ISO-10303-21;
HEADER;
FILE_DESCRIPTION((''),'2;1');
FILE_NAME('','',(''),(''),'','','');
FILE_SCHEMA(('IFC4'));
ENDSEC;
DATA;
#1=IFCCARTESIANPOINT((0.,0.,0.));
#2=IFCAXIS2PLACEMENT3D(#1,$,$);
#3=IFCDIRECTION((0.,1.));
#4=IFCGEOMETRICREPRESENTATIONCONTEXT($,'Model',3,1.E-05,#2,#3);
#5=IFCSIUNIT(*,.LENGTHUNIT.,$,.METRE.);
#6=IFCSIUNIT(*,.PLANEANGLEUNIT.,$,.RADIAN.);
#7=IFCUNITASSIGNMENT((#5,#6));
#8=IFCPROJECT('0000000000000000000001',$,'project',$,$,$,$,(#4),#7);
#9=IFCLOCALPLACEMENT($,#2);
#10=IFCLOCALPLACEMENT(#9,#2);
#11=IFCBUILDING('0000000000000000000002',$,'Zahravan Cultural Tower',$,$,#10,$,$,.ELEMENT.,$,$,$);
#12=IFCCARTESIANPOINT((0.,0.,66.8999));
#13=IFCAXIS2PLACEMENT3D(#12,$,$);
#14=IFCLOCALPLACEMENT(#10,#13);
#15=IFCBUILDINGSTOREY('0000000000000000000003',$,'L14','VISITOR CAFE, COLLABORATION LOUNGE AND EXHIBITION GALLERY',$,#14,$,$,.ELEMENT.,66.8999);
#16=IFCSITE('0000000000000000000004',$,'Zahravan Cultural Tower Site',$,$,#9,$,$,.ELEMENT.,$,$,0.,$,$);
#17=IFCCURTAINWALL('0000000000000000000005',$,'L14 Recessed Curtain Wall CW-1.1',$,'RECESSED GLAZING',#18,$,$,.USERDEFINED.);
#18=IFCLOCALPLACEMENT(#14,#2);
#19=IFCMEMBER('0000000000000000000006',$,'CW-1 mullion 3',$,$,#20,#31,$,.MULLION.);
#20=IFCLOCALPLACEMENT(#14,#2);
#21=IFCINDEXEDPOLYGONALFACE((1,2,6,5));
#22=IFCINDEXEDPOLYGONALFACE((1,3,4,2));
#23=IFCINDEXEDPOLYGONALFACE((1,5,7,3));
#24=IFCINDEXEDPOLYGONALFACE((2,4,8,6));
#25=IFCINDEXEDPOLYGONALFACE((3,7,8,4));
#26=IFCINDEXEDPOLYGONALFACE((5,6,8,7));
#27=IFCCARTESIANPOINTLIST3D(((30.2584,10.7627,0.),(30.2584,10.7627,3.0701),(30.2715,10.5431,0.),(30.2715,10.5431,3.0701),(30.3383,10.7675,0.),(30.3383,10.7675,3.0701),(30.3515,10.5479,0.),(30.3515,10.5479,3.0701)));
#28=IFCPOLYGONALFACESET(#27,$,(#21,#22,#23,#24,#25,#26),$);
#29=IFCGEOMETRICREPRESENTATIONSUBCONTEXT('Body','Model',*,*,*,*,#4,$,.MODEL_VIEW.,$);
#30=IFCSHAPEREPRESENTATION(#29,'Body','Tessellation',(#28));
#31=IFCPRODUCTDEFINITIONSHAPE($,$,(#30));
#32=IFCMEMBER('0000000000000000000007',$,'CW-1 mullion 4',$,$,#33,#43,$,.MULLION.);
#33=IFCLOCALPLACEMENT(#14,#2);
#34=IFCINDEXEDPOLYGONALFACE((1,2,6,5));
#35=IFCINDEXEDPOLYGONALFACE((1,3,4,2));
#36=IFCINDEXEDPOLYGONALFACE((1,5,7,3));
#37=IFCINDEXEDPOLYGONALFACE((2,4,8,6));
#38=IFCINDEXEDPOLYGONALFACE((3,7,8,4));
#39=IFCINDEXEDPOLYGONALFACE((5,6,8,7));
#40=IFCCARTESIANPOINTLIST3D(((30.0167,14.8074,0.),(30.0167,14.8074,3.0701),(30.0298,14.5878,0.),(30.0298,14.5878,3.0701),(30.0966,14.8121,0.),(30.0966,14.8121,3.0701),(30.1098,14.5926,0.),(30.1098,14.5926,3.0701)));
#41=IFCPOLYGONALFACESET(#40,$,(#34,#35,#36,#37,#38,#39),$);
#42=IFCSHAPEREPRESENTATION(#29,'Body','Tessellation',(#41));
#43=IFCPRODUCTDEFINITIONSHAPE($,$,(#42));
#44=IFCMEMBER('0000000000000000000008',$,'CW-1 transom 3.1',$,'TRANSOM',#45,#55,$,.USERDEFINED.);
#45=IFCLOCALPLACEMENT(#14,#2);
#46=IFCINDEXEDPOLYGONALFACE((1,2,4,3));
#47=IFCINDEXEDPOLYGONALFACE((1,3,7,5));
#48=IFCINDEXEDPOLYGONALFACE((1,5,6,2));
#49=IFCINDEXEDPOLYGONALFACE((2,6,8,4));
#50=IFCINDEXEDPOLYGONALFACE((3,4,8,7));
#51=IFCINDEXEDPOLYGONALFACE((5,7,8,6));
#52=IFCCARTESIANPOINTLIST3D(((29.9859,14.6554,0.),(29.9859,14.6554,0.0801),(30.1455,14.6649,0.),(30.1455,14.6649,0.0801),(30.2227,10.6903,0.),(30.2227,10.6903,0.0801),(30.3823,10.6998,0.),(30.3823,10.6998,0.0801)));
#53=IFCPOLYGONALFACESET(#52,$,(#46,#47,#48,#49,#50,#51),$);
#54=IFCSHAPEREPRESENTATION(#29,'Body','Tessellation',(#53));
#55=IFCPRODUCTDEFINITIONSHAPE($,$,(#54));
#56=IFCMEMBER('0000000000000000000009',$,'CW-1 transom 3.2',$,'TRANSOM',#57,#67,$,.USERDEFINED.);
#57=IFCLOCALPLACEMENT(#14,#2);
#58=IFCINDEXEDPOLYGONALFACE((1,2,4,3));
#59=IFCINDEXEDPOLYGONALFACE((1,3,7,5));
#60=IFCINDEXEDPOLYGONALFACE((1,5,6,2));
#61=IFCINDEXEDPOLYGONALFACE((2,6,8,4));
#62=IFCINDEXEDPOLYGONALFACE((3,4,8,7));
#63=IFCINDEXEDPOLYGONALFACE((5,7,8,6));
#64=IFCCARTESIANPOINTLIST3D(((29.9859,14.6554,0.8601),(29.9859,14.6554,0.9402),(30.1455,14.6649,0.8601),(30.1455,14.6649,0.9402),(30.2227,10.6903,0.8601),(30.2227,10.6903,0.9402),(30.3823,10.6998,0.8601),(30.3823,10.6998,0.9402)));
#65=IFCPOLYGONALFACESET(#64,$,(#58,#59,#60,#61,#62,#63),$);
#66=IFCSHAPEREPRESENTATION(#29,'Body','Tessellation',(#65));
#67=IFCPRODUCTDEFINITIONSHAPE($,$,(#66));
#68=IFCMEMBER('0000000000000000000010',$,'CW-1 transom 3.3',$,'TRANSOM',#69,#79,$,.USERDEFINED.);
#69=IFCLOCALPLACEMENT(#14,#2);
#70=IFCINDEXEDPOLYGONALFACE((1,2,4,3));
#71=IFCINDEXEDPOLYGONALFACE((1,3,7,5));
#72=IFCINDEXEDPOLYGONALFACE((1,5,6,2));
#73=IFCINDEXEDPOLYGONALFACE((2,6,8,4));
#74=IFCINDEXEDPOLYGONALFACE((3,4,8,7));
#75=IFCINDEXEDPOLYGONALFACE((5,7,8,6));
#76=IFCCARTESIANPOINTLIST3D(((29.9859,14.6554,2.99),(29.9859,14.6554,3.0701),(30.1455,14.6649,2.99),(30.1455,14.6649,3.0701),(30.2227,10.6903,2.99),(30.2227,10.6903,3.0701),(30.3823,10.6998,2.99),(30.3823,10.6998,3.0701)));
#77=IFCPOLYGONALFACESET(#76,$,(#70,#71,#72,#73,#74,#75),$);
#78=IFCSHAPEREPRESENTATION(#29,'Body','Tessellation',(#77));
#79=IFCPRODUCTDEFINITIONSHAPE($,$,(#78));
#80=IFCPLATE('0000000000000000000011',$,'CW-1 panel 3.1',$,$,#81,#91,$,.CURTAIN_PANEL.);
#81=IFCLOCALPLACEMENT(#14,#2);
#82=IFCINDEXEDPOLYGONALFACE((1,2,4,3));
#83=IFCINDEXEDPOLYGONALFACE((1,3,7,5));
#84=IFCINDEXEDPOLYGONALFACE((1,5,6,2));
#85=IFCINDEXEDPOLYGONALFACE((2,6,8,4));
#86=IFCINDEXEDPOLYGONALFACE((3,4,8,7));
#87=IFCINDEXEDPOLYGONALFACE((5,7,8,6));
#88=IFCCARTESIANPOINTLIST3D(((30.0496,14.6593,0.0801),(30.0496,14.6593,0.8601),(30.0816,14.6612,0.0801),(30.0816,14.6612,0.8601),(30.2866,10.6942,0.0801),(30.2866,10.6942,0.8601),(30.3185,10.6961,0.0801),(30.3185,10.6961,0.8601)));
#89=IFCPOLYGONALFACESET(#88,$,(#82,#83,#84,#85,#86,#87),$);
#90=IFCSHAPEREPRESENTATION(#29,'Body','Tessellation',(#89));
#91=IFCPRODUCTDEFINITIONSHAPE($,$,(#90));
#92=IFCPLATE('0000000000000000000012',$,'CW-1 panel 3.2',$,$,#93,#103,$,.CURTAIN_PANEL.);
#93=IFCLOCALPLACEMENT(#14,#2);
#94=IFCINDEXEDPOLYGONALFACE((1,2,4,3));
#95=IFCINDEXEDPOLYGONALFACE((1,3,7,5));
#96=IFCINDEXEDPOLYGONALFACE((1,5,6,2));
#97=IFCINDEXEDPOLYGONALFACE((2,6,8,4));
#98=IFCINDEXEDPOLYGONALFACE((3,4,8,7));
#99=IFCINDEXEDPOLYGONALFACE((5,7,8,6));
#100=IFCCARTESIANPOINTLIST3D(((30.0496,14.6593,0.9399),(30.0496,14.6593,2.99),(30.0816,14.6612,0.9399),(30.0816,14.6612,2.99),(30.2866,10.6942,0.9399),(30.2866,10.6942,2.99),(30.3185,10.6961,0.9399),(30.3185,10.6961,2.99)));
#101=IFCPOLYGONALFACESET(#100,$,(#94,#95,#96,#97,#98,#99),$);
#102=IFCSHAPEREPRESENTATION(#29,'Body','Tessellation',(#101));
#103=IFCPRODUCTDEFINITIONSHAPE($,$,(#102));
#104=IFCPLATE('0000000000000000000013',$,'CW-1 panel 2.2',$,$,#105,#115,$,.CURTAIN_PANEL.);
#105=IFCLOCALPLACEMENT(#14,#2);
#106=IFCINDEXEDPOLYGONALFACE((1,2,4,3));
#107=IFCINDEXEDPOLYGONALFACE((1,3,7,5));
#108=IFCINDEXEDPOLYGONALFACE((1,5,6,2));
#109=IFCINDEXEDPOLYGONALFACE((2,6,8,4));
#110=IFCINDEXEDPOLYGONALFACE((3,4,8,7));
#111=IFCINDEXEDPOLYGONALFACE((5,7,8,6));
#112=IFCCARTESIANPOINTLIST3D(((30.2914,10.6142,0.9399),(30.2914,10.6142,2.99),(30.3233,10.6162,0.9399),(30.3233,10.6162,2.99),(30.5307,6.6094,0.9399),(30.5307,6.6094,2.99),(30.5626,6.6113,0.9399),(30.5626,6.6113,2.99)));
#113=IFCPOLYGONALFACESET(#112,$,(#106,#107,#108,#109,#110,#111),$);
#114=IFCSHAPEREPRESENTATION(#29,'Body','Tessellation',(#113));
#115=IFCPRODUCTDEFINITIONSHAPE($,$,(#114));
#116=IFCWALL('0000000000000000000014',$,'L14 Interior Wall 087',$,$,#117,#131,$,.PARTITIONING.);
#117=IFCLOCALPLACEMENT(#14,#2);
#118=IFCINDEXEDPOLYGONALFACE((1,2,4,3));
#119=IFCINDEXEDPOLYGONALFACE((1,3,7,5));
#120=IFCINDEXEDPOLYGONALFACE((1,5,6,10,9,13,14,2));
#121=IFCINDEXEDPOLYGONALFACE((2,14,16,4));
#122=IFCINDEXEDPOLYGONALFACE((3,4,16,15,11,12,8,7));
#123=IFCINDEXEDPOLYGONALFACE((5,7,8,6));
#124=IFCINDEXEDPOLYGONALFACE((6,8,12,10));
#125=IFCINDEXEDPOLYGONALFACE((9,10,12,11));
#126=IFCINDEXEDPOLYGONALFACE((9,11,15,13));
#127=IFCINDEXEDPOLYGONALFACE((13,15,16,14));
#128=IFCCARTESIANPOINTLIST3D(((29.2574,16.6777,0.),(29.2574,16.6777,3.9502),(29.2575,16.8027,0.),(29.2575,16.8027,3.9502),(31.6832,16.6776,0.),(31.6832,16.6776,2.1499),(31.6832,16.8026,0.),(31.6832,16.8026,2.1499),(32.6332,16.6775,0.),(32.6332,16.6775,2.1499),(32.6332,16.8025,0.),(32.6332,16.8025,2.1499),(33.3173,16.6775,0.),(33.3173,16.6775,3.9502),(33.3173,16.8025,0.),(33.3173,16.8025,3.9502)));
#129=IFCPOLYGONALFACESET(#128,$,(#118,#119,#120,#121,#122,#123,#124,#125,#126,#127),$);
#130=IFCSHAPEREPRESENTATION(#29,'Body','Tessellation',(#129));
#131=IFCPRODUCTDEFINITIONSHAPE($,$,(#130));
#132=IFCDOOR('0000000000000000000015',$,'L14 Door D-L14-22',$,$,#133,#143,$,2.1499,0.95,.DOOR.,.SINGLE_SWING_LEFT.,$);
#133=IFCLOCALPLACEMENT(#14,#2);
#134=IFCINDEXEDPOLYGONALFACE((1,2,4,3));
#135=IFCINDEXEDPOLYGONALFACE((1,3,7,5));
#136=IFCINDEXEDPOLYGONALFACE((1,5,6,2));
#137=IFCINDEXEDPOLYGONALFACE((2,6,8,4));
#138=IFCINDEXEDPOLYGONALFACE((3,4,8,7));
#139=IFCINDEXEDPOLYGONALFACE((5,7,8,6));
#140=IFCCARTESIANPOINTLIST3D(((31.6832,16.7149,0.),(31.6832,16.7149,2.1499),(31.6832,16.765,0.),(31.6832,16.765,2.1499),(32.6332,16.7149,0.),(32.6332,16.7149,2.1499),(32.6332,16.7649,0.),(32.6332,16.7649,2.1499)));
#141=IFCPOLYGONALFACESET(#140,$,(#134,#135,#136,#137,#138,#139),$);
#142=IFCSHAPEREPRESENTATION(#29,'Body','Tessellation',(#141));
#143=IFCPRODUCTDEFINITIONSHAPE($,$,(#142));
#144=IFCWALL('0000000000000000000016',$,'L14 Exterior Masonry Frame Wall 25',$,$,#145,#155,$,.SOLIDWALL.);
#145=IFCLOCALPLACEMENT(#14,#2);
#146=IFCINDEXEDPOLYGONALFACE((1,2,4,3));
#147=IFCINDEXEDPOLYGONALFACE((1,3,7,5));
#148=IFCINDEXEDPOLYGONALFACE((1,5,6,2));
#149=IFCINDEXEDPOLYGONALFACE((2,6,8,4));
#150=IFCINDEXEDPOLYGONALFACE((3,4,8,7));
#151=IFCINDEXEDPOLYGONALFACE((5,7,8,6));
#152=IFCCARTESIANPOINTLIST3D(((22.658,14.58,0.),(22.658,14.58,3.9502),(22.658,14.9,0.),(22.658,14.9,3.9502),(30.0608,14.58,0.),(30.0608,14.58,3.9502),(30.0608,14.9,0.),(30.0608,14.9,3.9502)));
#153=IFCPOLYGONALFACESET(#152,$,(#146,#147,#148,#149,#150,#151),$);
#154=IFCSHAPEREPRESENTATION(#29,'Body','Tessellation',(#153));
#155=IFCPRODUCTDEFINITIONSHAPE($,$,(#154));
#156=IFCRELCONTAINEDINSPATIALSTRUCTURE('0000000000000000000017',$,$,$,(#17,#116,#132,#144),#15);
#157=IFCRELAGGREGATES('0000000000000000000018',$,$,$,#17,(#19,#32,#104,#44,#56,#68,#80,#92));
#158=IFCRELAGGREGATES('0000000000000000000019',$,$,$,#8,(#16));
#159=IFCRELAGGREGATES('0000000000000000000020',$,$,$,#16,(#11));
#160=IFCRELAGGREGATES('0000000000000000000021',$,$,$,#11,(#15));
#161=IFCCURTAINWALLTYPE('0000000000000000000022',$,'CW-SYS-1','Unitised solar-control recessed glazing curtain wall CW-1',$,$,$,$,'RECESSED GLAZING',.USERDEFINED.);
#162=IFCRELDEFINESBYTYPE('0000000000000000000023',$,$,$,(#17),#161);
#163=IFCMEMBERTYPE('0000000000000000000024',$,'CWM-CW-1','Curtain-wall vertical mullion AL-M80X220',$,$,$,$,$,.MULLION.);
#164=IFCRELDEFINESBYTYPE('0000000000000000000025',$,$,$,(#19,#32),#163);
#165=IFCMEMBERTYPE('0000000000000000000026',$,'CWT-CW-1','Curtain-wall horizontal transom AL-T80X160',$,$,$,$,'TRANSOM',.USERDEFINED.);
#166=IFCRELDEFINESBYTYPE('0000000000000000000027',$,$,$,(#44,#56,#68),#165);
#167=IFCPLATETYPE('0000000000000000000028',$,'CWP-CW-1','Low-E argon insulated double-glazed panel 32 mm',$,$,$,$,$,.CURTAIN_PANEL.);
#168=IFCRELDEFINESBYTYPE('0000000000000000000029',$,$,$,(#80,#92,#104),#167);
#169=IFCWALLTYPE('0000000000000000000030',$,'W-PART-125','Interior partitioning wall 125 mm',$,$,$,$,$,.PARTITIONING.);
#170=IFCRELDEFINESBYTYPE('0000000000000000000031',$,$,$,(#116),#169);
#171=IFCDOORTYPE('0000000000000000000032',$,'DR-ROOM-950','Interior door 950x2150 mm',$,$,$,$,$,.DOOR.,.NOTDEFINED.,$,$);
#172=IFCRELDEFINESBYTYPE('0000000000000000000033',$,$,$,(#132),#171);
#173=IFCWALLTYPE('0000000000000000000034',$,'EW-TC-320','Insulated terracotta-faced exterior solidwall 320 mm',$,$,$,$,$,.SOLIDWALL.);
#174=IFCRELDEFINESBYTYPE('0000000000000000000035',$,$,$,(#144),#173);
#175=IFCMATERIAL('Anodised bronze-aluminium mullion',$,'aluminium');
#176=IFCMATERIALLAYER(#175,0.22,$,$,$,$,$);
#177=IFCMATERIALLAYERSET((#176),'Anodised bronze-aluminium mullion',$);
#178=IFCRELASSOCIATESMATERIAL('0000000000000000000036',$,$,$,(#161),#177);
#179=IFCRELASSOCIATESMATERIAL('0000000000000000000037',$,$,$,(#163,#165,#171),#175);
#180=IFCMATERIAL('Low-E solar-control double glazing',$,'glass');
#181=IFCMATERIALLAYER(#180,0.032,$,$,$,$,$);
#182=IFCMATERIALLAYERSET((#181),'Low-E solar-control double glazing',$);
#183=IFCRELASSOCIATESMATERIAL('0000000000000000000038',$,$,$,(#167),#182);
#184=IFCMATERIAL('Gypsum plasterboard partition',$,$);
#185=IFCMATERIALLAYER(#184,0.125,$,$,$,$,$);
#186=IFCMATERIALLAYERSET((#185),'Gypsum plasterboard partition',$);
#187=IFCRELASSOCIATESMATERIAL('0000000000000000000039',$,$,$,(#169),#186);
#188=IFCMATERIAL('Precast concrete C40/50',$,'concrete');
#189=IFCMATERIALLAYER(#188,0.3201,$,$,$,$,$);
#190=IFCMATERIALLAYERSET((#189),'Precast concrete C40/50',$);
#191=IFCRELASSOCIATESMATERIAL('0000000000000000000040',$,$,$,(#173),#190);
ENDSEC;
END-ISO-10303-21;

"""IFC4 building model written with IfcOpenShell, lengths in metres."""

from ifc_helpers import new_model, si_unit, direction, frame, frame_2d, origin, origin_2d, place, context, subcontext, project, spatial, rectangle, extrude, source, transform, mapped, material, layer, layer_set, material_profile, profile_set, type_object, element, fill, aggregate, save


model = new_model("IFC4")

# Units and contexts
model_context = context("Model", 3, precision=1e-05, world=origin(), true_north=direction((0.0, 1.0)))
body_context = subcontext(model_context, "Body", "Model", "MODEL_VIEW")
ifc_project = project(units=[si_unit("LENGTHUNIT", "METRE"), si_unit("PLANEANGLEUNIT", "RADIAN")], contexts=[model_context])

# Site, building, storey
site_placement = place(None, origin())
site = spatial("IfcSite", under=ifc_project, at=site_placement, Name="Zahravan Cultural Tower Site", CompositionType="ELEMENT", RefElevation=0.0)
building_placement = place(site_placement, origin())
building = spatial("IfcBuilding", under=site, at=building_placement, Name="Zahravan Cultural Tower", CompositionType="ELEMENT")
storey_placement = place(building_placement, frame((0.0, 0.0, 66.8999)))
storey = spatial("IfcBuildingStorey", under=building, at=storey_placement, Name="L14", Description="VISITOR CAFE, COLLABORATION LOUNGE AND EXHIBITION GALLERY", CompositionType="ELEMENT", Elevation=66.8999)

# Curtain wall, members, plates
ifc_material_1 = material(Name="Anodised bronze-aluminium mullion", Category="aluminium")
ifc_layer_1 = layer(ifc_material_1, 0.22)
ifc_layer_set_1 = layer_set([ifc_layer_1], Name="Anodised bronze-aluminium mullion")
curtain_wall_type = type_object("IfcCurtainWallType", Name="CW-SYS-1", Description="Unitised solar-control recessed glazing curtain wall CW-1", ElementType="RECESSED GLAZING", PredefinedType="USERDEFINED", material=ifc_layer_set_1)
curtain_wall_placement = place(storey_placement, origin())
curtain_wall = element("IfcCurtainWall", 1, at=curtain_wall_placement, inside=storey, type_object=curtain_wall_type, Name="L14 Recessed Curtain Wall CW-1.1", ObjectType="RECESSED GLAZING", PredefinedType="USERDEFINED")
ifc_material_profile_1 = material_profile(ifc_material_1, rectangle(XDim=0.0801, YDim=0.22, at=origin_2d()), Name="AL-M80X220")
ifc_profile_set_1 = profile_set([ifc_material_profile_1], Name="Anodised bronze-aluminium mullion")
member_type_1 = type_object("IfcMemberType", Name="CWM-CW-1", Description="Curtain-wall vertical mullion AL-M80X220", PredefinedType="MULLION", material=ifc_profile_set_1)
shared_shape_1 = source(origin(), body_context, "Body", "SweptSolid", [
    extrude(rectangle(XDim=0.0801, YDim=0.22, at=origin_2d()), origin(), (0.0, 0.0, 1.0), 3.0701),
])
member_1_placement = place(storey_placement, frame((30.3049, 10.6553, 0.0), z_axis=(0.0, 0.0, 1.0), x_axis=(-0.998219, -0.059652, 0.0)))
member_1 = element("IfcMember", 2, at=member_1_placement, type_object=member_type_1, Name="CW-1 mullion 3", PredefinedType="MULLION", context=body_context, shape_type="MappedRepresentation", body=[
    mapped(shared_shape_1, transform((0.0, 0.0, 0.0), x_axis=(1.0, 0.0, 0.0), y_axis=(0.0, 1.0, 0.0), z_axis=(0.0, 0.0, 1.0), scale=1.0)),
])
member_2_placement = place(storey_placement, frame((30.0632, 14.7, 0.0), z_axis=(0.0, 0.0, 1.0), x_axis=(-0.998219, -0.059652, 0.0)))
member_2 = element("IfcMember", 3, at=member_2_placement, type_object=member_type_1, Name="CW-1 mullion 4", PredefinedType="MULLION", context=body_context, shape_type="MappedRepresentation", body=[
    mapped(shared_shape_1, transform((0.0, 0.0, 0.0), x_axis=(1.0, 0.0, 0.0), y_axis=(0.0, 1.0, 0.0), z_axis=(0.0, 0.0, 1.0), scale=1.0)),
])
ifc_material_profile_2 = material_profile(ifc_material_1, rectangle(XDim=0.1599, YDim=0.0801, at=origin_2d()), Name="AL-T80X160")
ifc_profile_set_2 = profile_set([ifc_material_profile_2], Name="Anodised bronze-aluminium mullion")
member_type_2 = type_object("IfcMemberType", Name="CWT-CW-1", Description="Curtain-wall horizontal transom AL-T80X160", ElementType="TRANSOM", PredefinedType="USERDEFINED", material=ifc_profile_set_2)
shared_shape_2 = source(origin(), body_context, "Body", "SweptSolid", [
    extrude(rectangle(XDim=0.1599, YDim=0.0801, at=origin_2d()), origin(), (0.0, 0.0, 1.0), 3.9722),
])
member_3_placement = place(storey_placement, frame((30.3025, 10.6951, 0.04), z_axis=(-0.059619, 0.998221, 0.0), x_axis=(-0.998221, -0.059619, 0.0)))
member_3 = element("IfcMember", 4, at=member_3_placement, type_object=member_type_2, Name="CW-1 transom 3.1", ObjectType="TRANSOM", PredefinedType="USERDEFINED", context=body_context, shape_type="MappedRepresentation", body=[
    mapped(shared_shape_2, transform((0.0, 0.0, 0.0), x_axis=(1.0, 0.0, 0.0), y_axis=(0.0, 1.0, 0.0), z_axis=(0.0, 0.0, 1.0), scale=1.0)),
])
member_4_placement = place(storey_placement, frame((30.3025, 10.6951, 0.9001), z_axis=(-0.059619, 0.998221, 0.0), x_axis=(-0.998221, -0.059619, 0.0)))
member_4 = element("IfcMember", 5, at=member_4_placement, type_object=member_type_2, Name="CW-1 transom 3.2", ObjectType="TRANSOM", PredefinedType="USERDEFINED", context=body_context, shape_type="MappedRepresentation", body=[
    mapped(shared_shape_2, transform((0.0, 0.0, 0.0), x_axis=(1.0, 0.0, 0.0), y_axis=(0.0, 1.0, 0.0), z_axis=(0.0, 0.0, 1.0), scale=1.0)),
])
member_5_placement = place(storey_placement, frame((30.3025, 10.6951, 3.03), z_axis=(-0.059619, 0.998221, 0.0), x_axis=(-0.998221, -0.059619, 0.0)))
member_5 = element("IfcMember", 6, at=member_5_placement, type_object=member_type_2, Name="CW-1 transom 3.3", ObjectType="TRANSOM", PredefinedType="USERDEFINED", context=body_context, shape_type="MappedRepresentation", body=[
    mapped(shared_shape_2, transform((0.0, 0.0, 0.0), x_axis=(1.0, 0.0, 0.0), y_axis=(0.0, 1.0, 0.0), z_axis=(0.0, 0.0, 1.0), scale=1.0)),
])
ifc_material_2 = material(Name="Low-E solar-control double glazing", Category="glass")
ifc_layer_2 = layer(ifc_material_2, 0.032)
ifc_layer_set_2 = layer_set([ifc_layer_2], Name="Low-E solar-control double glazing")
plate_type = type_object("IfcPlateType", Name="CWP-CW-1", Description="Low-E argon insulated double-glazed panel 32 mm", PredefinedType="CURTAIN_PANEL", material=ifc_layer_set_2)
shared_shape_3 = source(origin(), body_context, "Body", "SweptSolid", [
    extrude(rectangle(XDim=3.9722, YDim=0.032, at=origin_2d()), origin(), (0.0, 0.0, 1.0), 0.78),
])
plate_1_placement = place(storey_placement, frame((30.1841, 12.6777, 0.0801), z_axis=(0.0, 0.0, 1.0), x_axis=(-0.059652, 0.998219, 0.0)))
plate_1 = element("IfcPlate", 7, at=plate_1_placement, type_object=plate_type, Name="CW-1 panel 3.1", PredefinedType="CURTAIN_PANEL", context=body_context, shape_type="MappedRepresentation", body=[
    mapped(shared_shape_3, transform((0.0, 0.0, 0.0), x_axis=(1.0, 0.0, 0.0), y_axis=(0.0, 1.0, 0.0), z_axis=(0.0, 0.0, 1.0), scale=1.0)),
])
shared_shape_4 = source(origin(), body_context, "Body", "SweptSolid", [
    extrude(rectangle(XDim=3.9722, YDim=0.032, at=origin_2d()), origin(), (0.0, 0.0, 1.0), 2.05),
])
plate_2_placement = place(storey_placement, frame((30.1841, 12.6777, 0.9399), z_axis=(0.0, 0.0, 1.0), x_axis=(-0.059652, 0.998219, 0.0)))
plate_2 = element("IfcPlate", 8, at=plate_2_placement, type_object=plate_type, Name="CW-1 panel 3.2", PredefinedType="CURTAIN_PANEL", context=body_context, shape_type="MappedRepresentation", body=[
    mapped(shared_shape_4, transform((0.0, 0.0, 0.0), x_axis=(1.0, 0.0, 0.0), y_axis=(0.0, 1.0, 0.0), z_axis=(0.0, 0.0, 1.0), scale=1.0)),
])
shared_shape_5 = source(origin(), body_context, "Body", "SweptSolid", [
    extrude(rectangle(XDim=4.012, YDim=0.032, at=origin_2d()), origin(), (0.0, 0.0, 1.0), 2.05),
])
plate_3_placement = place(storey_placement, frame((30.427, 8.6128, 0.9399), z_axis=(0.0, 0.0, 1.0), x_axis=(-0.059652, 0.998219, 0.0)))
plate_3 = element("IfcPlate", 9, at=plate_3_placement, type_object=plate_type, Name="CW-1 panel 2.2", PredefinedType="CURTAIN_PANEL", context=body_context, shape_type="MappedRepresentation", body=[
    mapped(shared_shape_5, transform((0.0, 0.0, 0.0), x_axis=(1.0, 0.0, 0.0), y_axis=(0.0, 1.0, 0.0), z_axis=(0.0, 0.0, 1.0), scale=1.0)),
])
aggregate(curtain_wall, [member_1, member_2, plate_3, member_3, member_4, member_5, plate_1, plate_2])

# Wall, opening, door
ifc_material_3 = material(Name="Gypsum plasterboard partition")
ifc_layer_3 = layer(ifc_material_3, 0.125)
ifc_layer_set_3 = layer_set([ifc_layer_3], Name="Gypsum plasterboard partition")
wall_type_1 = type_object("IfcWallType", Name="W-PART-125", Description="Interior partitioning wall 125 mm", PredefinedType="PARTITIONING", material=ifc_layer_set_3)
door_type_1 = type_object("IfcDoorType", Name="DR-ROOM-950", Description="Interior door 950x2150 mm", OperationType="NOTDEFINED", PredefinedType="DOOR", material=ifc_material_1)
shared_shape_6 = source(origin(), body_context, "Body", "SweptSolid", [
    extrude(rectangle(XDim=0.95, YDim=2.1499, at=frame_2d((0.4751, 1.075))), frame((0.0, 0.0249, 0.0), z_axis=(0.0, -1.0, 0.0), x_axis=(1.0, 0.0, 0.0)), (0.0, 0.0, 1.0), 0.05),
])
wall_1_placement = place(storey_placement, frame((29.2576, 16.7402, 0.0), z_axis=(0.0, 0.0, 1.0), x_axis=(1.0, -0.00006, 0.0)))
wall_1 = element("IfcWall", 10, at=wall_1_placement, inside=storey, type_object=wall_type_1, Name="L14 Interior Wall 087", PredefinedType="PARTITIONING", context=body_context, shape_type="SweptSolid", body=[
    extrude(rectangle(XDim=4.0598, YDim=0.125, at=frame_2d((2.0298, 0.0))), origin(), (0.0, 0.0, 1.0), 3.9502),
])
opening_1_placement = place(wall_1_placement, frame((2.4255, 0.0, 0.0)))
opening_1 = element("IfcOpeningElement", 11, at=opening_1_placement, cuts=wall_1, PredefinedType="OPENING", context=body_context, shape_type="SweptSolid", body=[
    extrude(rectangle(XDim=0.95, YDim=2.1499, at=frame_2d((0.4751, 1.075))), frame((0.0, 0.0725, 0.0), z_axis=(0.0, -1.0, 0.0), x_axis=(1.0, 0.0, 0.0)), (0.0, 0.0, 1.0), 0.145),
])
door_1_placement = place(opening_1_placement, origin())
door_1 = element("IfcDoor", 12, at=door_1_placement, inside=storey, type_object=door_type_1, Name="L14 Door D-L14-22", OperationType="SINGLE_SWING_LEFT", OverallHeight=2.1499, OverallWidth=0.95, PredefinedType="DOOR", context=body_context, shape_type="MappedRepresentation", body=[
    mapped(shared_shape_6, transform((0.0, 0.0, 0.0), x_axis=(1.0, 0.0, 0.0), y_axis=(0.0, 1.0, 0.0), z_axis=(0.0, 0.0, 1.0), scale=1.0)),
])
fill(opening_1, door_1)

# Wall
ifc_material_4 = material(Name="Precast concrete C40/50", Category="concrete")
ifc_layer_4 = layer(ifc_material_4, 0.3201)
ifc_layer_set_4 = layer_set([ifc_layer_4], Name="Precast concrete C40/50")
wall_type_2 = type_object("IfcWallType", Name="EW-TC-320", Description="Insulated terracotta-faced exterior solidwall 320 mm", PredefinedType="SOLIDWALL", material=ifc_layer_set_4)
shared_shape_7 = source(origin(), body_context, "Body", "SweptSolid", [
    extrude(rectangle(XDim=7.4028, YDim=0.3201, at=frame_2d((3.7014, 0.0))), origin(), (0.0, 0.0, 1.0), 3.9502),
])
wall_2_placement = place(storey_placement, frame((30.0608, 14.74, 0.0), z_axis=(0.0, 0.0, 1.0), x_axis=(-1.0, 0.0, 0.0)))
element("IfcWall", 13, at=wall_2_placement, inside=storey, type_object=wall_type_2, Name="L14 Exterior Masonry Frame Wall 25", PredefinedType="SOLIDWALL", context=body_context, shape_type="MappedRepresentation", body=[
    mapped(shared_shape_7, transform((0.0, 0.0, 0.0), x_axis=(1.0, 0.0, 0.0), y_axis=(0.0, 1.0, 0.0), z_axis=(0.0, 0.0, 1.0), scale=1.0)),
])

save(model, "model.ifc")
